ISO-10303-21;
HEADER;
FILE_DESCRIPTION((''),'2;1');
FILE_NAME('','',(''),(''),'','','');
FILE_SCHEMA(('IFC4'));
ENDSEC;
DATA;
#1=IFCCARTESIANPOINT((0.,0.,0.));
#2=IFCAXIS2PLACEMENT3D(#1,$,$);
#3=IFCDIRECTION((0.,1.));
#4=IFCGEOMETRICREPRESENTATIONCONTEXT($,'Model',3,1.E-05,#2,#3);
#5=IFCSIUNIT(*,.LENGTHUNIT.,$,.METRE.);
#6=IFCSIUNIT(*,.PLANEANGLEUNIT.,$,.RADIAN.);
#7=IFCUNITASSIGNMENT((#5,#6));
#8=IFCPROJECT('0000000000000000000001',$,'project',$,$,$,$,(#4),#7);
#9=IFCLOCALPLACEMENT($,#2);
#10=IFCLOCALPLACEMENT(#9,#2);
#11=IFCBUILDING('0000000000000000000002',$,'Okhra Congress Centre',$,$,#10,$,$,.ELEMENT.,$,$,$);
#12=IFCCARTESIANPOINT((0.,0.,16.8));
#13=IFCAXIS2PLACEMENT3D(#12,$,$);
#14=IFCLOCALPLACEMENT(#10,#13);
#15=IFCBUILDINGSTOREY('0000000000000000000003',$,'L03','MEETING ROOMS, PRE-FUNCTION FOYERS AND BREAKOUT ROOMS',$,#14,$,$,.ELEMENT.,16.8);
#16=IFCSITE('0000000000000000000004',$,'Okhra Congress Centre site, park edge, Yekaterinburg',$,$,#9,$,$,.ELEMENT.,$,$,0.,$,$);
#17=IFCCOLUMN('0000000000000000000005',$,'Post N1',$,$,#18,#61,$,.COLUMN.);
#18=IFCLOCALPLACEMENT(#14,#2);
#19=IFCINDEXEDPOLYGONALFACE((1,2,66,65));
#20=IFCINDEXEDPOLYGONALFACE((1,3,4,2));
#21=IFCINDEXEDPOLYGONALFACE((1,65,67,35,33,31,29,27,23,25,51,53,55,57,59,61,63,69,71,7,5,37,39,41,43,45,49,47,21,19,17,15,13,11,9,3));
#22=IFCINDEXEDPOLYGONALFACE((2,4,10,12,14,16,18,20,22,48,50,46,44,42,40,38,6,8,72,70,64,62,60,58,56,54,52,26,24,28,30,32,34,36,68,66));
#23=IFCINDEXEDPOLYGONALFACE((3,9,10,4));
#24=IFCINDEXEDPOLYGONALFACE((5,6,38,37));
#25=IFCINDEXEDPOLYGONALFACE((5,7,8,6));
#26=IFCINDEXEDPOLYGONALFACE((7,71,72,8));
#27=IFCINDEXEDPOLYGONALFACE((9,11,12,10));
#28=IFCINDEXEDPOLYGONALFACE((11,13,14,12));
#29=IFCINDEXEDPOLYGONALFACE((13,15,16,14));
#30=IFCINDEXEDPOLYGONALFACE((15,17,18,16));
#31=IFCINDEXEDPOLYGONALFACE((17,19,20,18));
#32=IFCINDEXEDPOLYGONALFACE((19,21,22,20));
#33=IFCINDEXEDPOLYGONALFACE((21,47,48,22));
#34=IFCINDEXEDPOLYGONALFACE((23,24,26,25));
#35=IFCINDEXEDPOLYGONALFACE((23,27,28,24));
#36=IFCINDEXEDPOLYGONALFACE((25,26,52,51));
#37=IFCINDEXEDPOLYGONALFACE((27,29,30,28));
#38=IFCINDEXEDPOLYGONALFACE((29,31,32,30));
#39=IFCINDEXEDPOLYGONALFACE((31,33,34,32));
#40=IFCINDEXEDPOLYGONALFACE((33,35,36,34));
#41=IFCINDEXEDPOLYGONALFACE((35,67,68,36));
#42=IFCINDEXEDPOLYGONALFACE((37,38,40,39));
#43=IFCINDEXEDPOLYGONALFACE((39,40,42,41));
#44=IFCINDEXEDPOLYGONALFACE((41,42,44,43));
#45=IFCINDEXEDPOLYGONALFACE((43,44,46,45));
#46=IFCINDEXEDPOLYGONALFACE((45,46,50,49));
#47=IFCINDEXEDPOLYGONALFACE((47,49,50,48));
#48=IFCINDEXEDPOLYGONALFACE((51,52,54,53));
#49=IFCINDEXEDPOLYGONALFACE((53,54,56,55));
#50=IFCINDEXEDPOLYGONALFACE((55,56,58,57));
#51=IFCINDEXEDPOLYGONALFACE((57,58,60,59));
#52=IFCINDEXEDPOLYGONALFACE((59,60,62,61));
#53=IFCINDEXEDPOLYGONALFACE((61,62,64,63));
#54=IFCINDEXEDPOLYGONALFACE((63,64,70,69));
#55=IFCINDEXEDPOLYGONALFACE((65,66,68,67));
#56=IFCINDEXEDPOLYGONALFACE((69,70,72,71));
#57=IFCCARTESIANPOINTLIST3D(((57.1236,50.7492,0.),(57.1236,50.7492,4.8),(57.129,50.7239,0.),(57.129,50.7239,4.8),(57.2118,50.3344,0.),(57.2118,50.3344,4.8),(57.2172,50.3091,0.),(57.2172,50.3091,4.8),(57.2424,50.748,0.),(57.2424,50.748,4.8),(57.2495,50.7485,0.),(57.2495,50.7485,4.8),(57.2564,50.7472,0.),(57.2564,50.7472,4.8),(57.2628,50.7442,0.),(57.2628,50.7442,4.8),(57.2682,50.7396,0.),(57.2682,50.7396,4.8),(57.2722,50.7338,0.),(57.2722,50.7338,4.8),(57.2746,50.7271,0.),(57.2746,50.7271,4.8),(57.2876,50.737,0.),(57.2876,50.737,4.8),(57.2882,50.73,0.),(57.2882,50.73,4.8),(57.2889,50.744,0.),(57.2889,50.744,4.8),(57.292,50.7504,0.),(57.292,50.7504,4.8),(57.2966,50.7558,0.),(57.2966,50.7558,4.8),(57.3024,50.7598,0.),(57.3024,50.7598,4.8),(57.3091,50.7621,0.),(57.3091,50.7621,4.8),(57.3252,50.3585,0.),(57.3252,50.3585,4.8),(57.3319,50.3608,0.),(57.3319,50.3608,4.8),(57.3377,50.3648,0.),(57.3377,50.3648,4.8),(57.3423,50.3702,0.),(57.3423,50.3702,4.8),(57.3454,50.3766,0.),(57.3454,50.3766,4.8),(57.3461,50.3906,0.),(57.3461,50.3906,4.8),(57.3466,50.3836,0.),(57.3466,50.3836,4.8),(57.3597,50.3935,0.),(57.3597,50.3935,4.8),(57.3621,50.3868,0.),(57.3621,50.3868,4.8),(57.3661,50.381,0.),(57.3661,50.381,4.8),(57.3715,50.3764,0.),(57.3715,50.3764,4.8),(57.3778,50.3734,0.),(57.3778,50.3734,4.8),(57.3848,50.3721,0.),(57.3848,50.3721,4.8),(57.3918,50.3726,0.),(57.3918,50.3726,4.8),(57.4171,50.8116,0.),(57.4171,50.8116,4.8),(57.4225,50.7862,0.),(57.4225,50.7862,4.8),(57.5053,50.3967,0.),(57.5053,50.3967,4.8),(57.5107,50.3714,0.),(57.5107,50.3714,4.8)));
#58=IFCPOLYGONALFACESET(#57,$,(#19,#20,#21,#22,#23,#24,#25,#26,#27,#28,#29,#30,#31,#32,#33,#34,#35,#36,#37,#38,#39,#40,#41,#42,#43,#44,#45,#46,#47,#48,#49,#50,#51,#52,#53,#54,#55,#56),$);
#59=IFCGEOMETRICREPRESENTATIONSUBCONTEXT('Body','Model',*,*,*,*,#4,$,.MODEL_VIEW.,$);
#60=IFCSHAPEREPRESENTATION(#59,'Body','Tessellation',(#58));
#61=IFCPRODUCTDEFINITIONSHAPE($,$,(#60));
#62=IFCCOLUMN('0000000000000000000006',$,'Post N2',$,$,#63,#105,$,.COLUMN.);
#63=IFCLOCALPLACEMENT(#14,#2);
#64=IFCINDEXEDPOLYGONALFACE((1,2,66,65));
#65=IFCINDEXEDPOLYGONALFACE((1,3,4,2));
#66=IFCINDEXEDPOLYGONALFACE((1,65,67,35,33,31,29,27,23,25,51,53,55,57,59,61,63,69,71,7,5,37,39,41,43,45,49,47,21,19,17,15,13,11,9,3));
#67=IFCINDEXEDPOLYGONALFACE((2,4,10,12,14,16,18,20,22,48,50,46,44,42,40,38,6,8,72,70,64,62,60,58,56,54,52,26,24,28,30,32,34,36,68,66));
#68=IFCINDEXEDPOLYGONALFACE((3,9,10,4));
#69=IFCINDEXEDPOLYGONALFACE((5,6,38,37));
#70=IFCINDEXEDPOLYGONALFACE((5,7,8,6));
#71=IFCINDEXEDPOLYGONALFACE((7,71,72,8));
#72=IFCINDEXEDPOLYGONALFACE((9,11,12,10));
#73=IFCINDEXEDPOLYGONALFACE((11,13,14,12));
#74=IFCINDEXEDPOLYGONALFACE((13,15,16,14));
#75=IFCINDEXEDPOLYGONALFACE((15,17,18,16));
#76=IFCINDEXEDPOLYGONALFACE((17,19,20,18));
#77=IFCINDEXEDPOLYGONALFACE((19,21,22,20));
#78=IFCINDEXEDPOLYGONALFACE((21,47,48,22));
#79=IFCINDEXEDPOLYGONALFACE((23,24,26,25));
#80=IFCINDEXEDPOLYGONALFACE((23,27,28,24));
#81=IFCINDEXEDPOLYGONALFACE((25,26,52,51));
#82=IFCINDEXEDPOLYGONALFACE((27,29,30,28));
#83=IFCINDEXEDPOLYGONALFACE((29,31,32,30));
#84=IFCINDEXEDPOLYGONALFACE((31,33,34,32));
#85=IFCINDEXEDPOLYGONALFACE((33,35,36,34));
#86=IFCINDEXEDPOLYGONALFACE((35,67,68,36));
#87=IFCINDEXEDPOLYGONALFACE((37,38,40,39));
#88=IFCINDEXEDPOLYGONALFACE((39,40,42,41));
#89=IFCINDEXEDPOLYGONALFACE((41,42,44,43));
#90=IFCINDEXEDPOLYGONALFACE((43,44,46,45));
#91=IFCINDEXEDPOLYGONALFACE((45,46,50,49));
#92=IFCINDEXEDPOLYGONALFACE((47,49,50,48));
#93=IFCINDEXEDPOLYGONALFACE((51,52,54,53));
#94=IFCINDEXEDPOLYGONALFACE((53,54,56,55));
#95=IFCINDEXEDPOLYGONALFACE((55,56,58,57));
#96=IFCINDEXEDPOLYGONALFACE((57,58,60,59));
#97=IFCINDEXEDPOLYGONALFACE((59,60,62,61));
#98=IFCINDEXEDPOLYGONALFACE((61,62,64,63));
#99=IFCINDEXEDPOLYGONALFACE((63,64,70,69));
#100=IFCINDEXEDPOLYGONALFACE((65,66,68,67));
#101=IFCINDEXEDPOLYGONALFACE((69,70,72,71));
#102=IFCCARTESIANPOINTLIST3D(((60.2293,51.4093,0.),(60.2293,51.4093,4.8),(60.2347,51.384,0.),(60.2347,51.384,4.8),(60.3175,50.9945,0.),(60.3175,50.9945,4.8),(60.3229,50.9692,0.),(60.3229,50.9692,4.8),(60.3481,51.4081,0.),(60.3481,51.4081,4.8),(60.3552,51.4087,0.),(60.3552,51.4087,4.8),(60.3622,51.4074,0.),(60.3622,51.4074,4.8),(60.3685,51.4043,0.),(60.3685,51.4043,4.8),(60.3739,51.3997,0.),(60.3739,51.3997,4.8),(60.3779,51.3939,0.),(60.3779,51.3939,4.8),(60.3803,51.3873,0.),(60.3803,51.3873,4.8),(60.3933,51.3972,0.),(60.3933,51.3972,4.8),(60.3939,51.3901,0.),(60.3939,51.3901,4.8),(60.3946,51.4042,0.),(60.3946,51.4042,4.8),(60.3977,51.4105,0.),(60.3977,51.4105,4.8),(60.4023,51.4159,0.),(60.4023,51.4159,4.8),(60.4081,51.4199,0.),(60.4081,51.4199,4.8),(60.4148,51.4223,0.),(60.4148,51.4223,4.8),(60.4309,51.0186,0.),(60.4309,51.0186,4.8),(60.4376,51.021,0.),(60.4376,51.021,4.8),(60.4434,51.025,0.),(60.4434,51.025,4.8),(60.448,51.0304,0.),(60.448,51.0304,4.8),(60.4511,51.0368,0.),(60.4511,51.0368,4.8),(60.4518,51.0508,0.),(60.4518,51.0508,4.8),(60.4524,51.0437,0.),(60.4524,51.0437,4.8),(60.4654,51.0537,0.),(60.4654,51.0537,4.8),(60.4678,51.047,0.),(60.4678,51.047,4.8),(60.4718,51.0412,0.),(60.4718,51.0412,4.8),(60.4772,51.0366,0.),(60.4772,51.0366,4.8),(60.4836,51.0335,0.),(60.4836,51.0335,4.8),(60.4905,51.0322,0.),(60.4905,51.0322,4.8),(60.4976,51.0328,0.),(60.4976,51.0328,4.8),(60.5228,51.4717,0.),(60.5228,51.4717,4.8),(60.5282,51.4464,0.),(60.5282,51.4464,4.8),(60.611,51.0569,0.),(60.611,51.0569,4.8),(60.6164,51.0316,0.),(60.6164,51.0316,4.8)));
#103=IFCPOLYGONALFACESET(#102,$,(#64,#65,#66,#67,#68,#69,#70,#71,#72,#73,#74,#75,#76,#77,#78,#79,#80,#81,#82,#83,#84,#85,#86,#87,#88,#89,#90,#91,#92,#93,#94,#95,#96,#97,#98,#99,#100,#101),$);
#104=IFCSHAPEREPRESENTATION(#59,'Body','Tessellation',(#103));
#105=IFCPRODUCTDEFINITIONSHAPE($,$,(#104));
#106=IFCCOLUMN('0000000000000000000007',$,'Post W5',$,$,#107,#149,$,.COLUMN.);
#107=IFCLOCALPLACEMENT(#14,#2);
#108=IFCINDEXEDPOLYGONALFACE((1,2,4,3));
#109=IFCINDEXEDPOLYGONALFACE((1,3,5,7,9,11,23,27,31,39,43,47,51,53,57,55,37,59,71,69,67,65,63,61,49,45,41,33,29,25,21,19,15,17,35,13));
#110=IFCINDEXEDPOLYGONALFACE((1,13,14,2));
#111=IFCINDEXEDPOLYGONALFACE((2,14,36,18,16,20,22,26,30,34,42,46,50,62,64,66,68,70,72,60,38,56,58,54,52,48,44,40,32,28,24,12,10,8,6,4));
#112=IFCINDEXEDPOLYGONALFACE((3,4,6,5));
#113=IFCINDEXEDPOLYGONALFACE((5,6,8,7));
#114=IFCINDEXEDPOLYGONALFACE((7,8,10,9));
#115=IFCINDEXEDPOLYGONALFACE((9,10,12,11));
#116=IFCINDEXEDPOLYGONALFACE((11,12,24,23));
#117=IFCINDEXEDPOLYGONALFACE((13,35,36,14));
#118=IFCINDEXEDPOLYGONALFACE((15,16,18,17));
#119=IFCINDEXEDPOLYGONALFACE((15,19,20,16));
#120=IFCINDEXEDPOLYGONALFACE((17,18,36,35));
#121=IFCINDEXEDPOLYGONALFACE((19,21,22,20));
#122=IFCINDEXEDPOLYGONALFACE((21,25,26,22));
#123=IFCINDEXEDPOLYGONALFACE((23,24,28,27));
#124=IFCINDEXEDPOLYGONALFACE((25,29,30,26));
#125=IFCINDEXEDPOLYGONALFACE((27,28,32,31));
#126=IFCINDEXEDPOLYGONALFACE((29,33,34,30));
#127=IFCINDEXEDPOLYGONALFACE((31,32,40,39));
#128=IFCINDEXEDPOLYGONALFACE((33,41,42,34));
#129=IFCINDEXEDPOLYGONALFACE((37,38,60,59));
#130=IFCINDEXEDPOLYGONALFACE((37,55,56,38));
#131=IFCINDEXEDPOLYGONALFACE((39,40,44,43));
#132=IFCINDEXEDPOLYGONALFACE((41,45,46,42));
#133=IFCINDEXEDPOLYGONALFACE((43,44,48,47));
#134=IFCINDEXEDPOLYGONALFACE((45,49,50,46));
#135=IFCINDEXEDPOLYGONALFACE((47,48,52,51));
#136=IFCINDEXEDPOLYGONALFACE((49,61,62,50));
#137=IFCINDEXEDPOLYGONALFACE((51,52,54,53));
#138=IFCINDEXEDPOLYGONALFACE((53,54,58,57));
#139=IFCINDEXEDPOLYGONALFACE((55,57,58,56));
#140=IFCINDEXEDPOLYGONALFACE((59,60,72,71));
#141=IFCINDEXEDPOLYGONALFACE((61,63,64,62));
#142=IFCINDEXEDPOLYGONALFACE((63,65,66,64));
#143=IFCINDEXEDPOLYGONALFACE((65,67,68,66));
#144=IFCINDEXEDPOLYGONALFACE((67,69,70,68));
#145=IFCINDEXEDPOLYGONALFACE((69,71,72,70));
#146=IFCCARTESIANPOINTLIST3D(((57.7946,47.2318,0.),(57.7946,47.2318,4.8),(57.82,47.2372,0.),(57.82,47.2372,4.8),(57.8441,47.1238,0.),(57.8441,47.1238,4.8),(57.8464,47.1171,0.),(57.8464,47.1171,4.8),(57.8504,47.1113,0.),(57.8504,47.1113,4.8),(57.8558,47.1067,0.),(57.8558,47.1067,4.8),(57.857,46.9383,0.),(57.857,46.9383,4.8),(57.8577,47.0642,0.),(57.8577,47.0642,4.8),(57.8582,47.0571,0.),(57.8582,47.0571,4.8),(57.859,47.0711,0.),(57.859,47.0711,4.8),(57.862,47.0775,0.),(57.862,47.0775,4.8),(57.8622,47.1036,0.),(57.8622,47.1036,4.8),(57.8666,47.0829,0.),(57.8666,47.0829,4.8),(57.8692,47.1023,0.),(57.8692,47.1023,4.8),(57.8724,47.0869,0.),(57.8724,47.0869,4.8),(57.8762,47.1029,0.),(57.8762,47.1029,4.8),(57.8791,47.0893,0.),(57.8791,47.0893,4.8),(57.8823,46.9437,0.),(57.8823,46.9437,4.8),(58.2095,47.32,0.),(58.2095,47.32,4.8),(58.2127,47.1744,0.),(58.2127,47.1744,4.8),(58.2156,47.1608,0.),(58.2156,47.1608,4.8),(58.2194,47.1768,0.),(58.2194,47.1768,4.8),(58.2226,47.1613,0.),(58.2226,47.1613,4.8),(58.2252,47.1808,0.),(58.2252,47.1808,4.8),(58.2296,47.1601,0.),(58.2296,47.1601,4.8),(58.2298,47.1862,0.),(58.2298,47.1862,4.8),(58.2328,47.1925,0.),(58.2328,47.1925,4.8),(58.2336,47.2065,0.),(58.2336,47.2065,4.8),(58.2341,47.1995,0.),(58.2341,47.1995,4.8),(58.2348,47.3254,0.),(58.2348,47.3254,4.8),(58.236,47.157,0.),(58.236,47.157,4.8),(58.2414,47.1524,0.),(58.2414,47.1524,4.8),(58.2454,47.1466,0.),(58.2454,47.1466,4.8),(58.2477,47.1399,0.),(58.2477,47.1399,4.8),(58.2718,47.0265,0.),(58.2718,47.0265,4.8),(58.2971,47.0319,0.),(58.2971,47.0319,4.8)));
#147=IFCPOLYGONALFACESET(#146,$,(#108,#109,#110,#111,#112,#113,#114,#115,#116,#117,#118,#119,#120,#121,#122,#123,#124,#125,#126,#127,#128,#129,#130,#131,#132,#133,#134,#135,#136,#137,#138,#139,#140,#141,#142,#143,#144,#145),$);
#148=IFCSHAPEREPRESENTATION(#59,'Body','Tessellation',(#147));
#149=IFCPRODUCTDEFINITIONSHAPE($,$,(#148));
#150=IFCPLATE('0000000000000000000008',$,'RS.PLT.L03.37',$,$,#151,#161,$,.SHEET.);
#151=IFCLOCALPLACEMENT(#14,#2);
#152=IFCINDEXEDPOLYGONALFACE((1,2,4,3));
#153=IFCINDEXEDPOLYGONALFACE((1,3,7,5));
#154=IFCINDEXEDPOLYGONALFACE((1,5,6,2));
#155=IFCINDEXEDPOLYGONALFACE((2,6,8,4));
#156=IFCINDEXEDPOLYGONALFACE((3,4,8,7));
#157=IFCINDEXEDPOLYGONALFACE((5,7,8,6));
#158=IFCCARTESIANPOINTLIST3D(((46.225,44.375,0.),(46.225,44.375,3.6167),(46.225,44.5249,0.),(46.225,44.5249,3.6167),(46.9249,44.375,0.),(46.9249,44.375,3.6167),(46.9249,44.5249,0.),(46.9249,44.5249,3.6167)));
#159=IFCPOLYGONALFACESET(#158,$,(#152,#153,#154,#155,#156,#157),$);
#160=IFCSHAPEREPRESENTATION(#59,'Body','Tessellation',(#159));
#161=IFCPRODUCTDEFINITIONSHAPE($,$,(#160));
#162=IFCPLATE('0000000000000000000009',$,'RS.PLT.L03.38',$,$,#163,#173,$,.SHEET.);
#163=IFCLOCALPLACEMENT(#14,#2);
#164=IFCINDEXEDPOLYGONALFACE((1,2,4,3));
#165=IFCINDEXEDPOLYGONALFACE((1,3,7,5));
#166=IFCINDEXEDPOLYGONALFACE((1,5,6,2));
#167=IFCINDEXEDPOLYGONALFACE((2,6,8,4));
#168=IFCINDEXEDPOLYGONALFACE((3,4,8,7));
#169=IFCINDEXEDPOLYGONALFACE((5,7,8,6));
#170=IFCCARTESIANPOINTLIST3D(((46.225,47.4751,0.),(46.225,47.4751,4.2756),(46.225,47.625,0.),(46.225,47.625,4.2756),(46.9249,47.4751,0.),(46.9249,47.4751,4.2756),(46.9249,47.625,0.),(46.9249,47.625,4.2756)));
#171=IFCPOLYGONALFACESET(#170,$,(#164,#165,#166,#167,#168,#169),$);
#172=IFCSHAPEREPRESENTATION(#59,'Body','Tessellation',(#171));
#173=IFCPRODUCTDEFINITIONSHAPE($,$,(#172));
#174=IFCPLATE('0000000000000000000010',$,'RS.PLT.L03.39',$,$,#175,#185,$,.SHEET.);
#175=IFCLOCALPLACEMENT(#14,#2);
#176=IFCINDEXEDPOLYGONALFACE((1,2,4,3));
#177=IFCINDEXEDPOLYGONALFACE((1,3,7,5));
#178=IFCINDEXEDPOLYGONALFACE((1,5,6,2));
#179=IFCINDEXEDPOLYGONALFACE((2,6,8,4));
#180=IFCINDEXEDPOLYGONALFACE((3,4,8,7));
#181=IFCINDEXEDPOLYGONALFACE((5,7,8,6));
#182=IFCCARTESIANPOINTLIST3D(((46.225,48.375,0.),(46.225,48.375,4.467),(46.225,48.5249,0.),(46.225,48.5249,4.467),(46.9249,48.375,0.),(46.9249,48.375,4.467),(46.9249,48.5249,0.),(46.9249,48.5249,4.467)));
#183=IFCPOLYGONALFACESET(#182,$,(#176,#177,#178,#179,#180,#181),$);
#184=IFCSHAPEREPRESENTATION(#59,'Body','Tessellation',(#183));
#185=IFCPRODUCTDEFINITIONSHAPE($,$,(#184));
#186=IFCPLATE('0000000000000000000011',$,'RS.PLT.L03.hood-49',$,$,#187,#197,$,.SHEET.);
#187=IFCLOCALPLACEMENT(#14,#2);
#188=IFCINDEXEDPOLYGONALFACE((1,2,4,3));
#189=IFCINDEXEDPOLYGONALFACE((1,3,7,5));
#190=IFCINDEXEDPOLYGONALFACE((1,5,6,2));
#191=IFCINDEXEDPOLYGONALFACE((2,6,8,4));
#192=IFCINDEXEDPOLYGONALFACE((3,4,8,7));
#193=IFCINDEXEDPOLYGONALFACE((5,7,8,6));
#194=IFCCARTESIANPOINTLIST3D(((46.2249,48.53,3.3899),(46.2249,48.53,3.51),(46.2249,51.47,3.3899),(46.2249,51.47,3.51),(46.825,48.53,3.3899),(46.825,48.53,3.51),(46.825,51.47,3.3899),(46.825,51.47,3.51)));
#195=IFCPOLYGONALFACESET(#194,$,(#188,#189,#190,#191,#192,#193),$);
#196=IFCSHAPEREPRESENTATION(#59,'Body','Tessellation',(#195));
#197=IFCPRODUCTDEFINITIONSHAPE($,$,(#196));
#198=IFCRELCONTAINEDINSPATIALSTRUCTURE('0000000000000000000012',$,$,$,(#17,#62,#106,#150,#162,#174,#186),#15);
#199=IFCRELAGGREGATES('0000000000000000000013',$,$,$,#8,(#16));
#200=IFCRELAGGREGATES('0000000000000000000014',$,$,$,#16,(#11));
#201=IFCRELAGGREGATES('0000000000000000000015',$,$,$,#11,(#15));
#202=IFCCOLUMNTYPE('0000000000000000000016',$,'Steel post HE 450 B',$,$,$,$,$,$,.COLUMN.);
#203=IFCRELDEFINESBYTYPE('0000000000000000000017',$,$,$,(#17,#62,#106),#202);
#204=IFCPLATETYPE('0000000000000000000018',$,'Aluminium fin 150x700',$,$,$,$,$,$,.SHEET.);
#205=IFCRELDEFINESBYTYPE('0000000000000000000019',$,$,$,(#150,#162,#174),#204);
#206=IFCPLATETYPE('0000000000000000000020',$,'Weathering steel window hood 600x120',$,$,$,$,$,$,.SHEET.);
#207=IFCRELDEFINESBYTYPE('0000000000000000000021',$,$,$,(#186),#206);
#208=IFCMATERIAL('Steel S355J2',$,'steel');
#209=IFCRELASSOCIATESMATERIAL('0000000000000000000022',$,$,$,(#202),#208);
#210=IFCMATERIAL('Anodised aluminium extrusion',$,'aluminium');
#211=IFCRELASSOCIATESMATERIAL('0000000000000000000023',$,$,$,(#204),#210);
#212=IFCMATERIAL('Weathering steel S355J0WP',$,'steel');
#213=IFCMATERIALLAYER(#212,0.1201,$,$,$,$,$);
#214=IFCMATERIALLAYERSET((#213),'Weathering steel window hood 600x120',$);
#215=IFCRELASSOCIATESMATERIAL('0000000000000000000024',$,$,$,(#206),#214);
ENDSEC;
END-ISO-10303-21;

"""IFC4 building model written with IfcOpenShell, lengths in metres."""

from ifc_helpers import new_model, si_unit, direction, frame, origin, origin_2d, place, context, subcontext, project, spatial, rectangle, i_section, extrude, material, layer, layer_set, material_profile, profile_set, type_object, element, save


model = new_model("IFC4")

# Units and contexts
model_context = context("Model", 3, precision=1e-05, world=origin(), true_north=direction((0.0, 1.0)))
body_context = subcontext(model_context, "Body", "Model", "MODEL_VIEW")
ifc_project = project(units=[si_unit("LENGTHUNIT", "METRE"), si_unit("PLANEANGLEUNIT", "RADIAN")], contexts=[model_context])

# Site, building, storey
site_placement = place(None, origin())
site = spatial("IfcSite", under=ifc_project, at=site_placement, Name="Okhra Congress Centre site, park edge, Yekaterinburg", CompositionType="ELEMENT", RefElevation=0.0)
building_placement = place(site_placement, origin())
building = spatial("IfcBuilding", under=site, at=building_placement, Name="Okhra Congress Centre", CompositionType="ELEMENT")
storey_placement = place(building_placement, frame((0.0, 0.0, 16.8)))
storey = spatial("IfcBuildingStorey", under=building, at=storey_placement, Name="L03", Description="MEETING ROOMS, PRE-FUNCTION FOYERS AND BREAKOUT ROOMS", CompositionType="ELEMENT", Elevation=16.8)

# Columns
ifc_material_1 = material(Name="Steel S355J2", Category="steel")
ifc_material_profile_1 = material_profile(ifc_material_1, i_section(OverallWidth=0.3, OverallDepth=0.45, WebThickness=0.0139, FlangeThickness=0.0259, FilletRadius=0.0271, at=origin_2d()), Name="HE 450 B")
ifc_profile_set_1 = profile_set([ifc_material_profile_1], Name="Steel S355J2")
column_type = type_object("IfcColumnType", Name="Steel post HE 450 B", PredefinedType="COLUMN", material=ifc_profile_set_1)
for number, where, z_axis, x_axis, name in (
    (1, (57.3171, 50.5603, 0.0), (0.0, 0.0, 1.0), (0.978148, 0.207912, 0.0), "Post N1"),
    (2, (60.4229, 51.2205, 0.0), (0.0, 0.0, 1.0), (0.978148, 0.207912, 0.0), "Post N2"),
    (3, (58.0459, 47.1318, 0.0), (0.0, 0.0, 1.0), (-0.207912, 0.978148, 0.0), "Post W5"),
):
    element("IfcColumn", number, at=place(storey_placement, frame(where, z_axis=z_axis, x_axis=x_axis)), inside=storey, type_object=column_type, Name=name, PredefinedType="COLUMN", context=body_context, shape_type="SweptSolid", body=[
        extrude(i_section(OverallWidth=0.3, OverallDepth=0.45, WebThickness=0.0139, FlangeThickness=0.0259, FilletRadius=0.0271, at=origin_2d()), origin(), (0.0, 0.0, 1.0), 4.8),
    ])

# Plates
ifc_material_2 = material(Name="Anodised aluminium extrusion", Category="aluminium")
plate_type_1 = type_object("IfcPlateType", Name="Aluminium fin 150x700", PredefinedType="SHEET", material=ifc_material_2)
plate_1_placement = place(storey_placement, frame((46.575, 44.45, 0.0), z_axis=(0.0, 0.0, 1.0), x_axis=(0.0, 1.0, 0.0)))
element("IfcPlate", 4, at=plate_1_placement, inside=storey, type_object=plate_type_1, Name="RS.PLT.L03.37", PredefinedType="SHEET", context=body_context, shape_type="SweptSolid", body=[
    extrude(rectangle(XDim=0.1499, YDim=0.7, at=origin_2d()), origin(), (0.0, 0.0, 1.0), 3.6167),
])
plate_2_placement = place(storey_placement, frame((46.575, 47.55, 0.0), z_axis=(0.0, 0.0, 1.0), x_axis=(0.0, 1.0, 0.0)))
element("IfcPlate", 5, at=plate_2_placement, inside=storey, type_object=plate_type_1, Name="RS.PLT.L03.38", PredefinedType="SHEET", context=body_context, shape_type="SweptSolid", body=[
    extrude(rectangle(XDim=0.1499, YDim=0.7, at=origin_2d()), origin(), (0.0, 0.0, 1.0), 4.2756),
])
plate_3_placement = place(storey_placement, frame((46.575, 48.45, 0.0), z_axis=(0.0, 0.0, 1.0), x_axis=(0.0, 1.0, 0.0)))
element("IfcPlate", 6, at=plate_3_placement, inside=storey, type_object=plate_type_1, Name="RS.PLT.L03.39", PredefinedType="SHEET", context=body_context, shape_type="SweptSolid", body=[
    extrude(rectangle(XDim=0.1499, YDim=0.7, at=origin_2d()), origin(), (0.0, 0.0, 1.0), 4.467),
])
ifc_material_3 = material(Name="Weathering steel S355J0WP", Category="steel")
ifc_layer_1 = layer(ifc_material_3, 0.1201)
ifc_layer_set_1 = layer_set([ifc_layer_1], Name="Weathering steel window hood 600x120")
plate_type_2 = type_object("IfcPlateType", Name="Weathering steel window hood 600x120", PredefinedType="SHEET", material=ifc_layer_set_1)
plate_4_placement = place(storey_placement, frame((46.5249, 50.0, 3.3899), z_axis=(0.0, 0.0, 1.0), x_axis=(0.0, 1.0, 0.0)))
element("IfcPlate", 7, at=plate_4_placement, inside=storey, type_object=plate_type_2, Name="RS.PLT.L03.hood-49", PredefinedType="SHEET", context=body_context, shape_type="SweptSolid", body=[
    extrude(rectangle(XDim=2.9399, YDim=0.6001, at=origin_2d()), origin(), (0.0, 0.0, 1.0), 0.1201),
])

save(model, "model.ifc")
